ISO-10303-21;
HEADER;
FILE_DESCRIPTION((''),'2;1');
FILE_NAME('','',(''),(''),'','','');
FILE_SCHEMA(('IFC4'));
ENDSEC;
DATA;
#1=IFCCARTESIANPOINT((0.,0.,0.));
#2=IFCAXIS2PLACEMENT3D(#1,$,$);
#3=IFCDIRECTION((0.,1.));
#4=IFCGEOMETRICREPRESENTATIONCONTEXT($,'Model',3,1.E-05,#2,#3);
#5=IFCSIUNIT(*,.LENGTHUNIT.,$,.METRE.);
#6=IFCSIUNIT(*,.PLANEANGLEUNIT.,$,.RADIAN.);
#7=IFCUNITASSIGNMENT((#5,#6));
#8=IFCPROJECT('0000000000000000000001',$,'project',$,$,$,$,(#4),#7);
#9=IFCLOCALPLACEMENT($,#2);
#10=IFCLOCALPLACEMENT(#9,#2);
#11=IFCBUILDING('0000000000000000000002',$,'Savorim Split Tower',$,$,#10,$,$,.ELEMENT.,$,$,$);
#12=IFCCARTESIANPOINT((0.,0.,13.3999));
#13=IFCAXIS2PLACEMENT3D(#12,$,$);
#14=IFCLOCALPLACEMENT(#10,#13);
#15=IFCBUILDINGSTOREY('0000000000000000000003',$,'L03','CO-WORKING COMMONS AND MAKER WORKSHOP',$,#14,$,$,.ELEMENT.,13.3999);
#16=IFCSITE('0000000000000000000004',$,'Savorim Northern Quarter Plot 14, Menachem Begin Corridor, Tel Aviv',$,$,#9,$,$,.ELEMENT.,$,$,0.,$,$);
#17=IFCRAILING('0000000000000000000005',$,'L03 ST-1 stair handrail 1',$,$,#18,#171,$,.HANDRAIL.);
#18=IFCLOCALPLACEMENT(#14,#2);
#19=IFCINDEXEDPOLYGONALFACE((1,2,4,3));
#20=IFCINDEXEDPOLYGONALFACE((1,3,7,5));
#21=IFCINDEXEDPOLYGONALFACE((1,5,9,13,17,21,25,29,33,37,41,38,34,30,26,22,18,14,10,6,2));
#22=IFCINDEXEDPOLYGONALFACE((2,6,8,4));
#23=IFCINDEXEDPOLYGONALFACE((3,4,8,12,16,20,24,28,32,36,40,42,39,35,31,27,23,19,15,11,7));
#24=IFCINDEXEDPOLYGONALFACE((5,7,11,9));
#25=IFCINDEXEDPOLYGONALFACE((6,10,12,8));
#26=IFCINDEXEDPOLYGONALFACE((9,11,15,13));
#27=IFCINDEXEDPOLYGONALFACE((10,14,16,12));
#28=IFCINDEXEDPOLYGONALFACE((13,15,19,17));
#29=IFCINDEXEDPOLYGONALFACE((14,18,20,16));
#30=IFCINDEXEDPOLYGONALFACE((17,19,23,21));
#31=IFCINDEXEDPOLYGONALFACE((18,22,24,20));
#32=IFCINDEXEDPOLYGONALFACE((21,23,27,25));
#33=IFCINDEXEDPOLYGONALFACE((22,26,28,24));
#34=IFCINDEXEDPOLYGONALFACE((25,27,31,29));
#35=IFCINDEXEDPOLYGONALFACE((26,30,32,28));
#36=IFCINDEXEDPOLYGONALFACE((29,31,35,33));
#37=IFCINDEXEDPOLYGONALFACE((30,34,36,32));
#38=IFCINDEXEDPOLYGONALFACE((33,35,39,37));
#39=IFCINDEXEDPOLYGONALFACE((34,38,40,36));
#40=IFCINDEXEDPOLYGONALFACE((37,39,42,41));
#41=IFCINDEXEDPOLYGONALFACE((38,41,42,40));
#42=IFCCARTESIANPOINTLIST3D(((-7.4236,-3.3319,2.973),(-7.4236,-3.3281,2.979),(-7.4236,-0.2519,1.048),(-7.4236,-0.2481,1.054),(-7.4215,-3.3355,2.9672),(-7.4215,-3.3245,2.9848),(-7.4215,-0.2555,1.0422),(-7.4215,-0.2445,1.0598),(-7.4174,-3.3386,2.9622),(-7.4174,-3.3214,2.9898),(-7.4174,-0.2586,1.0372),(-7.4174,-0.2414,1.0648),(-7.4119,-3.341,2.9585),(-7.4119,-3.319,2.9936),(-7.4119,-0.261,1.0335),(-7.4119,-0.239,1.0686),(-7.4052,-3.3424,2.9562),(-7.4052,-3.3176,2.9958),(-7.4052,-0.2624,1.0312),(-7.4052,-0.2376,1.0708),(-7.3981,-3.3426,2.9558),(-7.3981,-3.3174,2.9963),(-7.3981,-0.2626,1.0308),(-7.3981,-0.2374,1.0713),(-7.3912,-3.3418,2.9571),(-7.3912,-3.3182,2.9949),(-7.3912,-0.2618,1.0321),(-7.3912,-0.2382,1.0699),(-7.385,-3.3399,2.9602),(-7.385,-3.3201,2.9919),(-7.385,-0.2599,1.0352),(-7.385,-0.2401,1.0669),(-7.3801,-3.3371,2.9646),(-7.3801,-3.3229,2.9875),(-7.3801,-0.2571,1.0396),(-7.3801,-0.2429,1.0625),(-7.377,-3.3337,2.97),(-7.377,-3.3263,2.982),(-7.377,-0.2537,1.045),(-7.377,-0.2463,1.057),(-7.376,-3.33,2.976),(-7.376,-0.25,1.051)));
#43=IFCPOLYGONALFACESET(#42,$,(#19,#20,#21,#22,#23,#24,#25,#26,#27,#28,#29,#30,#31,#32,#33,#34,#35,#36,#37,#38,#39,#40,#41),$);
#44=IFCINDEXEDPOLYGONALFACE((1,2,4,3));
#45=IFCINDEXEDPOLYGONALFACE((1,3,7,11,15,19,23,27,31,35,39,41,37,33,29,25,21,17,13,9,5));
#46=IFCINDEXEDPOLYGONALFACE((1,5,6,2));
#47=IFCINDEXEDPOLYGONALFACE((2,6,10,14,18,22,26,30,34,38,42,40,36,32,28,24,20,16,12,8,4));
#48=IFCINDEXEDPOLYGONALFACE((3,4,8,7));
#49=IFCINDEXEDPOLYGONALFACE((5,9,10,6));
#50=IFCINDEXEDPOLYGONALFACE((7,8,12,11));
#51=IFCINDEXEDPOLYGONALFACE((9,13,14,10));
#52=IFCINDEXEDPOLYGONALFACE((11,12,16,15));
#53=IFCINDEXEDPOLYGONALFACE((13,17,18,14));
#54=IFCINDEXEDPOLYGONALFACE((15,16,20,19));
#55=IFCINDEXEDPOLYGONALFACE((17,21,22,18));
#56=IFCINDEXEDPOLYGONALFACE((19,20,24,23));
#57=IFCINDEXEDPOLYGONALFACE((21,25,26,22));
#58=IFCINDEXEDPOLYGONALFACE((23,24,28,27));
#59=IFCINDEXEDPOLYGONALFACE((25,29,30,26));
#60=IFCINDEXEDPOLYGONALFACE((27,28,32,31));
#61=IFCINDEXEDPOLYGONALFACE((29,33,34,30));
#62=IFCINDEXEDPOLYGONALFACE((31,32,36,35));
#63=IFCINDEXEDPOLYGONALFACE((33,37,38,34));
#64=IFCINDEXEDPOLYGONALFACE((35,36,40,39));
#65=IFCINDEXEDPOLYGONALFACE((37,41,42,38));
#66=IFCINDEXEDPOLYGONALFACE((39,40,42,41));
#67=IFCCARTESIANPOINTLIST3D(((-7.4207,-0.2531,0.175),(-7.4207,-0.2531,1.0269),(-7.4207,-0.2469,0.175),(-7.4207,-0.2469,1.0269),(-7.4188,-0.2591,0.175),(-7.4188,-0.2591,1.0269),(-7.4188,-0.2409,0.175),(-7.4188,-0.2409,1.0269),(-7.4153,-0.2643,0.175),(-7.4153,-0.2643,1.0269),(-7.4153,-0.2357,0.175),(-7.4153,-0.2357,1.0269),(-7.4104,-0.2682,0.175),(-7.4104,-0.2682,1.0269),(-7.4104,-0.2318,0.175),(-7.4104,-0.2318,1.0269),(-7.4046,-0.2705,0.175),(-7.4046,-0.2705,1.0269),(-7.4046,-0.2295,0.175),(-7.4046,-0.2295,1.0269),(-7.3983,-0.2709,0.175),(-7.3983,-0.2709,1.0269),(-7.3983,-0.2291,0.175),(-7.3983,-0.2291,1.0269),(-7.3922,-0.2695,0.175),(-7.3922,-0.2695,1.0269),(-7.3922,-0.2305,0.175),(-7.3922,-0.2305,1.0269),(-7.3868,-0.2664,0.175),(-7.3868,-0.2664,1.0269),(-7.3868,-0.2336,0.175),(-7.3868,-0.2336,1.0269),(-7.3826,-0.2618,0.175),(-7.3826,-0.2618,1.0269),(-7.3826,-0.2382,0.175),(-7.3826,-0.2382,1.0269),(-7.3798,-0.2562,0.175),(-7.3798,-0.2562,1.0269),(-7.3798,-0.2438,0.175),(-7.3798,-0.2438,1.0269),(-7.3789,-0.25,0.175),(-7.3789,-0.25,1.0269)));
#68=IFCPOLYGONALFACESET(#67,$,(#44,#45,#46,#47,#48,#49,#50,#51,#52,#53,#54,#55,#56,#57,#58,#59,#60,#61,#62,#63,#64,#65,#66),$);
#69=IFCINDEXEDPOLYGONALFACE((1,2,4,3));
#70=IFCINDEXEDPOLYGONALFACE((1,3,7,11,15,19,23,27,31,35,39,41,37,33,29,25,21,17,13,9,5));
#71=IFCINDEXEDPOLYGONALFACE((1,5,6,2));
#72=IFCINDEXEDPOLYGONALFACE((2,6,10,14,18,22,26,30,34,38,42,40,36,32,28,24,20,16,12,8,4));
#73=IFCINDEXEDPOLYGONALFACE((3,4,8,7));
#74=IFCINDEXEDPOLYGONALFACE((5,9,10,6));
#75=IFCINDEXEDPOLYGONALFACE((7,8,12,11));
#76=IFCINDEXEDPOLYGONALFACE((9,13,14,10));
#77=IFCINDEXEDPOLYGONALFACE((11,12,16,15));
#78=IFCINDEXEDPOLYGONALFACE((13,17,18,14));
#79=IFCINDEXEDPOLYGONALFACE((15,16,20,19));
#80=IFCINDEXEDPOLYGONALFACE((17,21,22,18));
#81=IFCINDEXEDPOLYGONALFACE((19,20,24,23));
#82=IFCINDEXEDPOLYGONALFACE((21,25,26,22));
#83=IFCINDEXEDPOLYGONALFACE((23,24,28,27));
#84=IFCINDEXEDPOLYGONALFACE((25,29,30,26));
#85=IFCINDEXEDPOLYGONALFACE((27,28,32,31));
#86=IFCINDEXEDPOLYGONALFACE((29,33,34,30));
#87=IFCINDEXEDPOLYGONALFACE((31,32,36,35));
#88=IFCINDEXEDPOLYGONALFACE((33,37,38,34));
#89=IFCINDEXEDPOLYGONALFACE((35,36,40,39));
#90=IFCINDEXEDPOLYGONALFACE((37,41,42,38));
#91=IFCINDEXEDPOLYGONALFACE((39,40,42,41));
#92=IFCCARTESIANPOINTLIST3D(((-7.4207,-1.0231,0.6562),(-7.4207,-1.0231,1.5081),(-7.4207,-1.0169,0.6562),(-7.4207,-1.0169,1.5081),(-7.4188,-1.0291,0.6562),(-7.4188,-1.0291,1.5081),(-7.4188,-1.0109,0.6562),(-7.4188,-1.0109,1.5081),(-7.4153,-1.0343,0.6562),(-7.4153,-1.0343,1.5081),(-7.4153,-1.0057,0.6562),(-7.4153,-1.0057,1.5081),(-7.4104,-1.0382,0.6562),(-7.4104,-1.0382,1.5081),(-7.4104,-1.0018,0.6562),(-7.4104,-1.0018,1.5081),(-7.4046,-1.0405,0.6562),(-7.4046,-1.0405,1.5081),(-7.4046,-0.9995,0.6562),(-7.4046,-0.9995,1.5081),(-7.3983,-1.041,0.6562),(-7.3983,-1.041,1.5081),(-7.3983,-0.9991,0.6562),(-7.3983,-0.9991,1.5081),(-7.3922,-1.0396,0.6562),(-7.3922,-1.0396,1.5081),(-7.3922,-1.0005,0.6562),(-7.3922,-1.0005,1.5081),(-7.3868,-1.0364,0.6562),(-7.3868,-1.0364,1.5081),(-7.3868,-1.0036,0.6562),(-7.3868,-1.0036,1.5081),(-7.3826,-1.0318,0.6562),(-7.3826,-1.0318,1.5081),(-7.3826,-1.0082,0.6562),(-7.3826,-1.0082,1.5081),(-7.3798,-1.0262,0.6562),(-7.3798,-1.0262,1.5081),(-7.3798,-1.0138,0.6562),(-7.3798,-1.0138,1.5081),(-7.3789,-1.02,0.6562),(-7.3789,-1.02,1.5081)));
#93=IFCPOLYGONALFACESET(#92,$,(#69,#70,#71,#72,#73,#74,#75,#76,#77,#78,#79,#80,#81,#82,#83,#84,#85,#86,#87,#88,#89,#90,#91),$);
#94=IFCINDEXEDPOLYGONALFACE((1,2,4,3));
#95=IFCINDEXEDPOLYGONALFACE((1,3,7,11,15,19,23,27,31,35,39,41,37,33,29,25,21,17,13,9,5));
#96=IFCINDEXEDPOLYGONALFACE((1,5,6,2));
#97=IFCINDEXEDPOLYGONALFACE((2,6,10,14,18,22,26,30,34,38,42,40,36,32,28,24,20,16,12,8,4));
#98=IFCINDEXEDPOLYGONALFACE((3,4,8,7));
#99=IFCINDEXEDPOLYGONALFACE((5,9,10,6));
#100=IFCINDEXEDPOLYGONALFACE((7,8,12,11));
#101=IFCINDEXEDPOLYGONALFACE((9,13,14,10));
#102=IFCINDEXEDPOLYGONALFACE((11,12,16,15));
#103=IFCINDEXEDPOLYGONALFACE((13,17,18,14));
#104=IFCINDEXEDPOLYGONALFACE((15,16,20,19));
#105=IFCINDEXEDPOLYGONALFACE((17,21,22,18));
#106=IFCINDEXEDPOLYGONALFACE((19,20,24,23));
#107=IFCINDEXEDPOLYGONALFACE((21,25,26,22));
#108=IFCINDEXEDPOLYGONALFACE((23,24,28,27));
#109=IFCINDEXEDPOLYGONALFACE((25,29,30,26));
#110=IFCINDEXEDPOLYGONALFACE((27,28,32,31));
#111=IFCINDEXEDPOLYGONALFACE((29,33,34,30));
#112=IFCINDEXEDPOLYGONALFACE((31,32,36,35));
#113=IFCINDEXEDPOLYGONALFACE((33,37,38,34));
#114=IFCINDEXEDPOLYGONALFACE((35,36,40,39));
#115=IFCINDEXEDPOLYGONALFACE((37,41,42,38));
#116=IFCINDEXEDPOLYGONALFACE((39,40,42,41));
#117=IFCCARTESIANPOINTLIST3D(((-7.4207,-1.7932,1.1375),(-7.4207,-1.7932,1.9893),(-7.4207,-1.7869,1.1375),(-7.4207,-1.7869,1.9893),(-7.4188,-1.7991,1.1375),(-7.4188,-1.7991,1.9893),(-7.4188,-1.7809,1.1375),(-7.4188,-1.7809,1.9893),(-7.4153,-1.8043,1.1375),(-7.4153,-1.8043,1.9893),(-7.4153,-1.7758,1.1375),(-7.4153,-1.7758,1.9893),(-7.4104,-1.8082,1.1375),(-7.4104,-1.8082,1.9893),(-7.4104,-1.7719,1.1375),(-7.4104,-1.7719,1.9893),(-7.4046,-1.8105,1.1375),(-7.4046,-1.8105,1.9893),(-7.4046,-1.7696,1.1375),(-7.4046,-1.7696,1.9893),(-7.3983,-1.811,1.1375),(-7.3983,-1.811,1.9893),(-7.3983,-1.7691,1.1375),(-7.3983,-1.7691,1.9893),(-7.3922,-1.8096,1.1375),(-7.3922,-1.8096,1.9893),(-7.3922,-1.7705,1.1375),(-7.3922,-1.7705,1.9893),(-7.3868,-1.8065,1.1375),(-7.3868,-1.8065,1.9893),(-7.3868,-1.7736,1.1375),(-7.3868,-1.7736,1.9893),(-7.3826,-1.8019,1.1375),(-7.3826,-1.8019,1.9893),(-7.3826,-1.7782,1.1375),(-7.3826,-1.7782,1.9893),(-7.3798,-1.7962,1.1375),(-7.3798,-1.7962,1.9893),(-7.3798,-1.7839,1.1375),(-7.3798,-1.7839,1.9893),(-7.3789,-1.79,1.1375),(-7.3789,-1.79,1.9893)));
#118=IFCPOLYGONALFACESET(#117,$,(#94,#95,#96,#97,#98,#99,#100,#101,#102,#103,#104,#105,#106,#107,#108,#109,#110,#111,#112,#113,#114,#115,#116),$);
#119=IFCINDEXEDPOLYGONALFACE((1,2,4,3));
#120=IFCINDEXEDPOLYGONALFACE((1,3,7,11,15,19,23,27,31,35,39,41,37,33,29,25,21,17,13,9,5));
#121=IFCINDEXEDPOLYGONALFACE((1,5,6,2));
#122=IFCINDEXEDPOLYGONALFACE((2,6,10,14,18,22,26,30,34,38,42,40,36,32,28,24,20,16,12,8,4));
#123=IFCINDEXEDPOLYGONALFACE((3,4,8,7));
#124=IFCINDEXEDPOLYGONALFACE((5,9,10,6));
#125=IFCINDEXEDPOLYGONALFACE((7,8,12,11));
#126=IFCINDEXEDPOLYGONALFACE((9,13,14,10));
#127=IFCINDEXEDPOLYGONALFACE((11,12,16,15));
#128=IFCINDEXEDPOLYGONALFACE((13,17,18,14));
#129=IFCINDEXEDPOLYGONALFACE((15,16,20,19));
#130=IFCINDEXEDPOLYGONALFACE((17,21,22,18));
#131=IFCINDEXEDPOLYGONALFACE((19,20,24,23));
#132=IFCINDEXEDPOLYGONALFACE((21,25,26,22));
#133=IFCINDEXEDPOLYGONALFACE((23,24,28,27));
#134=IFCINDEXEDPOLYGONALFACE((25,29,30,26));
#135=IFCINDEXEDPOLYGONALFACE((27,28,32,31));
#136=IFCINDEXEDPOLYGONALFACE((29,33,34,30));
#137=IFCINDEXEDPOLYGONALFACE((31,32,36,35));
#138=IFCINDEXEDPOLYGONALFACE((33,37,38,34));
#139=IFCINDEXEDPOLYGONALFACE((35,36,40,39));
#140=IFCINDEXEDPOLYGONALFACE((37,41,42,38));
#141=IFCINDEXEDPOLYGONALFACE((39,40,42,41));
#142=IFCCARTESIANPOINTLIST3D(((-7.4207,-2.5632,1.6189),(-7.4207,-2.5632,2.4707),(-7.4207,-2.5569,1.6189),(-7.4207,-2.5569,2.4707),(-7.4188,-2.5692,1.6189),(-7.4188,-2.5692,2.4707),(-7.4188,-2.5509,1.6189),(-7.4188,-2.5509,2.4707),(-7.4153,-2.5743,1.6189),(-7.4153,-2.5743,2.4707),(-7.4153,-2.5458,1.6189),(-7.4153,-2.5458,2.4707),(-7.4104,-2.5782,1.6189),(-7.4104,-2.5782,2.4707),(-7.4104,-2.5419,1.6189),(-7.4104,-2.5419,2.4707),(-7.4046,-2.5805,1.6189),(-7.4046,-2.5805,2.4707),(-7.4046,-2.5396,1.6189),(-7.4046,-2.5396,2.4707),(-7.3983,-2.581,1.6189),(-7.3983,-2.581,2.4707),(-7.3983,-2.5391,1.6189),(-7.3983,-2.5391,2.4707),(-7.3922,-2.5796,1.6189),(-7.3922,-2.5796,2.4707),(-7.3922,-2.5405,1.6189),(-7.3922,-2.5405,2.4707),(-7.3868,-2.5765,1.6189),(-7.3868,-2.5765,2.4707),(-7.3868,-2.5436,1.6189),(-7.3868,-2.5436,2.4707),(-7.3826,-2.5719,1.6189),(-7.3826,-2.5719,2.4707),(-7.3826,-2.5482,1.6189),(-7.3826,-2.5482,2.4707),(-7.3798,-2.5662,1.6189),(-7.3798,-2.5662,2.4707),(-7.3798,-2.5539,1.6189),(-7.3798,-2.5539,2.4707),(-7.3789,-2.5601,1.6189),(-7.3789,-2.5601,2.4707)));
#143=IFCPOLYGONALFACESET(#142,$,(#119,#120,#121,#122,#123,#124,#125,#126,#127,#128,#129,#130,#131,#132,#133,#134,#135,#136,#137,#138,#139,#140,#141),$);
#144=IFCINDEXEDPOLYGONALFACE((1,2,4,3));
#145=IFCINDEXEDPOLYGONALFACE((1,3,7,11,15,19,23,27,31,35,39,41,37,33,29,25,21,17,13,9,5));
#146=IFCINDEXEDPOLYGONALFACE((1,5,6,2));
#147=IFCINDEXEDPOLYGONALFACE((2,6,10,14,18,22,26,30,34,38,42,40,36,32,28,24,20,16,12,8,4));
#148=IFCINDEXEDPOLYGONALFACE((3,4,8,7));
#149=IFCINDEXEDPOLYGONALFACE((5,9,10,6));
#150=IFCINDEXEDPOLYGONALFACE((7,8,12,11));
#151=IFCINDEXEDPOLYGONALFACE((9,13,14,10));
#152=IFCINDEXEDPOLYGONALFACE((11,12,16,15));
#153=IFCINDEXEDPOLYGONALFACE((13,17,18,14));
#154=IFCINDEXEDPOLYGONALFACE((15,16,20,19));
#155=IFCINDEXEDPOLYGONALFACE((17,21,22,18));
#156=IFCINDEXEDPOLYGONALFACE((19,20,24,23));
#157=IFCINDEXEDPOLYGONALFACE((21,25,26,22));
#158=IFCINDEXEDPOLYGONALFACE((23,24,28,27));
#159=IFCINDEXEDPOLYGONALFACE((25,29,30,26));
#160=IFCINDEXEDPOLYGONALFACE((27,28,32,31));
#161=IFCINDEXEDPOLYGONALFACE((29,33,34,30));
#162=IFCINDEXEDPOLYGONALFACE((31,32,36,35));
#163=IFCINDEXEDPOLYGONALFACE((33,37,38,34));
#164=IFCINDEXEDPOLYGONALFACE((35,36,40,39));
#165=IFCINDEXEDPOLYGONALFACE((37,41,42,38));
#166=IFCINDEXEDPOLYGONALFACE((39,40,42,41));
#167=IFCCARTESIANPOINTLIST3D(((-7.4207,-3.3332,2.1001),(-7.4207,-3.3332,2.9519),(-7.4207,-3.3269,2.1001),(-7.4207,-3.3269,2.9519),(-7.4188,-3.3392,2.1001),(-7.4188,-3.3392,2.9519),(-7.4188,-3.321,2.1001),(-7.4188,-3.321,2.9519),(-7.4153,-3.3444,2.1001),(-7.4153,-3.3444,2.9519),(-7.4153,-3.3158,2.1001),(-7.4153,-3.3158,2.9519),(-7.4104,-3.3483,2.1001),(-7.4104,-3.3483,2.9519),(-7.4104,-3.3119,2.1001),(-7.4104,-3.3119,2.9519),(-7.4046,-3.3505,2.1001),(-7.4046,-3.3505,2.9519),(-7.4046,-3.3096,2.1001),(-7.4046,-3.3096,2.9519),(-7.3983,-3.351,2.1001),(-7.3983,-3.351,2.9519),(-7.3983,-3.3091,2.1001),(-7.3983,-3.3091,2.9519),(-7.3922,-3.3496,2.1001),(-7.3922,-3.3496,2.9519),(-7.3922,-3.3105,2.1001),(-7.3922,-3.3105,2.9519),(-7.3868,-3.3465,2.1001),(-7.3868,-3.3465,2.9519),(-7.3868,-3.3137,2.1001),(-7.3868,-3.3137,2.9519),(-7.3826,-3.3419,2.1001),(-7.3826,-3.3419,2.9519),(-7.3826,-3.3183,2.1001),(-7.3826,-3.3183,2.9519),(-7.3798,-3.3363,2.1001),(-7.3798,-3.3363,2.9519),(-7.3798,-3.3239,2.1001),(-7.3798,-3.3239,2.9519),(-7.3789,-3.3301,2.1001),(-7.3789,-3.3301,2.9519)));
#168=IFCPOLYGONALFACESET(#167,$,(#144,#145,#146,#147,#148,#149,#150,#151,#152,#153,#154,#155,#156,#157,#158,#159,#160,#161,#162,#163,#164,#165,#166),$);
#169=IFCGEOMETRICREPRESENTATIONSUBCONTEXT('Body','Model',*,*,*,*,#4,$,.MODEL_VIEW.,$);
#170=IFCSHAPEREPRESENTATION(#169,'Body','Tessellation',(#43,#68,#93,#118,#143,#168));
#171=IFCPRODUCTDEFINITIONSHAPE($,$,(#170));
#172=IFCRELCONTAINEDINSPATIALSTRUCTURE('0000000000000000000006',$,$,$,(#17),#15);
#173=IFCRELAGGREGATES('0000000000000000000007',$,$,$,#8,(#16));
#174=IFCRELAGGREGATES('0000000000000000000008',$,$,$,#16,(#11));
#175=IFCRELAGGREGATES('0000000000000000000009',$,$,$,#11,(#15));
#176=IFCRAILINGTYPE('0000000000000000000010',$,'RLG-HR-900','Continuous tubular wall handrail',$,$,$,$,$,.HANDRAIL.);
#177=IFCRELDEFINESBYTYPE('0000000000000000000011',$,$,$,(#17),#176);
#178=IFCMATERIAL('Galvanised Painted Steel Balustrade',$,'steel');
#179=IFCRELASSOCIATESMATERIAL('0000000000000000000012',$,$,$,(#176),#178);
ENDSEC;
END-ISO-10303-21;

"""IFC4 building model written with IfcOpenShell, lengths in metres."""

from ifc_helpers import new_model, si_unit, direction, frame, origin, origin_2d, place, context, subcontext, project, spatial, circle, extrude, material, type_object, element, save


model = new_model("IFC4")

# Units and contexts
model_context = context("Model", 3, precision=1e-05, world=origin(), true_north=direction((0.0, 1.0)))
body_context = subcontext(model_context, "Body", "Model", "MODEL_VIEW")
ifc_project = project(units=[si_unit("LENGTHUNIT", "METRE"), si_unit("PLANEANGLEUNIT", "RADIAN")], contexts=[model_context])

# Site, building, storey
site_placement = place(None, origin())
site = spatial("IfcSite", under=ifc_project, at=site_placement, Name="Savorim Northern Quarter Plot 14, Menachem Begin Corridor, Tel Aviv", CompositionType="ELEMENT", RefElevation=0.0)
building_placement = place(site_placement, origin())
building = spatial("IfcBuilding", under=site, at=building_placement, Name="Savorim Split Tower", CompositionType="ELEMENT")
storey_placement = place(building_placement, frame((0.0, 0.0, 13.3999)))
storey = spatial("IfcBuildingStorey", under=building, at=storey_placement, Name="L03", Description="CO-WORKING COMMONS AND MAKER WORKSHOP", CompositionType="ELEMENT", Elevation=13.3999)

# Railing
ifc_material_1 = material(Name="Galvanised Painted Steel Balustrade", Category="steel")
railing_type_1 = type_object("IfcRailingType", Name="RLG-HR-900", Description="Continuous tubular wall handrail", PredefinedType="HANDRAIL", material=ifc_material_1)
railing_1_placement = place(storey_placement, frame((-7.3999, -0.25, 0.175)))
element("IfcRailing", 1, at=railing_1_placement, inside=storey, type_object=railing_type_1, Name="L03 ST-1 stair handrail 1", PredefinedType="HANDRAIL", context=body_context, shape_type="SweptSolid", body=[
    extrude(circle(Radius=0.0239, at=origin_2d()), frame((0.0, 0.0, 0.876), z_axis=(0.0, -0.847998, 0.529999), x_axis=(1.0, 0.0, 0.0)), (0.0, 0.0, 1.0), 3.6321),
    extrude(circle(Radius=0.021, at=origin_2d()), origin(), (0.0, 0.0, 1.0), 0.8518),
    extrude(circle(Radius=0.021, at=origin_2d()), frame((0.0, -0.77, 0.4812)), (0.0, 0.0, 1.0), 0.8518),
    extrude(circle(Radius=0.021, at=origin_2d()), frame((0.0, -1.54, 0.9624)), (0.0, 0.0, 1.0), 0.8518),
    extrude(circle(Radius=0.021, at=origin_2d()), frame((0.0, -2.3101, 1.4438)), (0.0, 0.0, 1.0), 0.8518),
    extrude(circle(Radius=0.021, at=origin_2d()), frame((0.0, -3.0801, 1.925)), (0.0, 0.0, 1.0), 0.8518),
])

save(model, "model.ifc")
